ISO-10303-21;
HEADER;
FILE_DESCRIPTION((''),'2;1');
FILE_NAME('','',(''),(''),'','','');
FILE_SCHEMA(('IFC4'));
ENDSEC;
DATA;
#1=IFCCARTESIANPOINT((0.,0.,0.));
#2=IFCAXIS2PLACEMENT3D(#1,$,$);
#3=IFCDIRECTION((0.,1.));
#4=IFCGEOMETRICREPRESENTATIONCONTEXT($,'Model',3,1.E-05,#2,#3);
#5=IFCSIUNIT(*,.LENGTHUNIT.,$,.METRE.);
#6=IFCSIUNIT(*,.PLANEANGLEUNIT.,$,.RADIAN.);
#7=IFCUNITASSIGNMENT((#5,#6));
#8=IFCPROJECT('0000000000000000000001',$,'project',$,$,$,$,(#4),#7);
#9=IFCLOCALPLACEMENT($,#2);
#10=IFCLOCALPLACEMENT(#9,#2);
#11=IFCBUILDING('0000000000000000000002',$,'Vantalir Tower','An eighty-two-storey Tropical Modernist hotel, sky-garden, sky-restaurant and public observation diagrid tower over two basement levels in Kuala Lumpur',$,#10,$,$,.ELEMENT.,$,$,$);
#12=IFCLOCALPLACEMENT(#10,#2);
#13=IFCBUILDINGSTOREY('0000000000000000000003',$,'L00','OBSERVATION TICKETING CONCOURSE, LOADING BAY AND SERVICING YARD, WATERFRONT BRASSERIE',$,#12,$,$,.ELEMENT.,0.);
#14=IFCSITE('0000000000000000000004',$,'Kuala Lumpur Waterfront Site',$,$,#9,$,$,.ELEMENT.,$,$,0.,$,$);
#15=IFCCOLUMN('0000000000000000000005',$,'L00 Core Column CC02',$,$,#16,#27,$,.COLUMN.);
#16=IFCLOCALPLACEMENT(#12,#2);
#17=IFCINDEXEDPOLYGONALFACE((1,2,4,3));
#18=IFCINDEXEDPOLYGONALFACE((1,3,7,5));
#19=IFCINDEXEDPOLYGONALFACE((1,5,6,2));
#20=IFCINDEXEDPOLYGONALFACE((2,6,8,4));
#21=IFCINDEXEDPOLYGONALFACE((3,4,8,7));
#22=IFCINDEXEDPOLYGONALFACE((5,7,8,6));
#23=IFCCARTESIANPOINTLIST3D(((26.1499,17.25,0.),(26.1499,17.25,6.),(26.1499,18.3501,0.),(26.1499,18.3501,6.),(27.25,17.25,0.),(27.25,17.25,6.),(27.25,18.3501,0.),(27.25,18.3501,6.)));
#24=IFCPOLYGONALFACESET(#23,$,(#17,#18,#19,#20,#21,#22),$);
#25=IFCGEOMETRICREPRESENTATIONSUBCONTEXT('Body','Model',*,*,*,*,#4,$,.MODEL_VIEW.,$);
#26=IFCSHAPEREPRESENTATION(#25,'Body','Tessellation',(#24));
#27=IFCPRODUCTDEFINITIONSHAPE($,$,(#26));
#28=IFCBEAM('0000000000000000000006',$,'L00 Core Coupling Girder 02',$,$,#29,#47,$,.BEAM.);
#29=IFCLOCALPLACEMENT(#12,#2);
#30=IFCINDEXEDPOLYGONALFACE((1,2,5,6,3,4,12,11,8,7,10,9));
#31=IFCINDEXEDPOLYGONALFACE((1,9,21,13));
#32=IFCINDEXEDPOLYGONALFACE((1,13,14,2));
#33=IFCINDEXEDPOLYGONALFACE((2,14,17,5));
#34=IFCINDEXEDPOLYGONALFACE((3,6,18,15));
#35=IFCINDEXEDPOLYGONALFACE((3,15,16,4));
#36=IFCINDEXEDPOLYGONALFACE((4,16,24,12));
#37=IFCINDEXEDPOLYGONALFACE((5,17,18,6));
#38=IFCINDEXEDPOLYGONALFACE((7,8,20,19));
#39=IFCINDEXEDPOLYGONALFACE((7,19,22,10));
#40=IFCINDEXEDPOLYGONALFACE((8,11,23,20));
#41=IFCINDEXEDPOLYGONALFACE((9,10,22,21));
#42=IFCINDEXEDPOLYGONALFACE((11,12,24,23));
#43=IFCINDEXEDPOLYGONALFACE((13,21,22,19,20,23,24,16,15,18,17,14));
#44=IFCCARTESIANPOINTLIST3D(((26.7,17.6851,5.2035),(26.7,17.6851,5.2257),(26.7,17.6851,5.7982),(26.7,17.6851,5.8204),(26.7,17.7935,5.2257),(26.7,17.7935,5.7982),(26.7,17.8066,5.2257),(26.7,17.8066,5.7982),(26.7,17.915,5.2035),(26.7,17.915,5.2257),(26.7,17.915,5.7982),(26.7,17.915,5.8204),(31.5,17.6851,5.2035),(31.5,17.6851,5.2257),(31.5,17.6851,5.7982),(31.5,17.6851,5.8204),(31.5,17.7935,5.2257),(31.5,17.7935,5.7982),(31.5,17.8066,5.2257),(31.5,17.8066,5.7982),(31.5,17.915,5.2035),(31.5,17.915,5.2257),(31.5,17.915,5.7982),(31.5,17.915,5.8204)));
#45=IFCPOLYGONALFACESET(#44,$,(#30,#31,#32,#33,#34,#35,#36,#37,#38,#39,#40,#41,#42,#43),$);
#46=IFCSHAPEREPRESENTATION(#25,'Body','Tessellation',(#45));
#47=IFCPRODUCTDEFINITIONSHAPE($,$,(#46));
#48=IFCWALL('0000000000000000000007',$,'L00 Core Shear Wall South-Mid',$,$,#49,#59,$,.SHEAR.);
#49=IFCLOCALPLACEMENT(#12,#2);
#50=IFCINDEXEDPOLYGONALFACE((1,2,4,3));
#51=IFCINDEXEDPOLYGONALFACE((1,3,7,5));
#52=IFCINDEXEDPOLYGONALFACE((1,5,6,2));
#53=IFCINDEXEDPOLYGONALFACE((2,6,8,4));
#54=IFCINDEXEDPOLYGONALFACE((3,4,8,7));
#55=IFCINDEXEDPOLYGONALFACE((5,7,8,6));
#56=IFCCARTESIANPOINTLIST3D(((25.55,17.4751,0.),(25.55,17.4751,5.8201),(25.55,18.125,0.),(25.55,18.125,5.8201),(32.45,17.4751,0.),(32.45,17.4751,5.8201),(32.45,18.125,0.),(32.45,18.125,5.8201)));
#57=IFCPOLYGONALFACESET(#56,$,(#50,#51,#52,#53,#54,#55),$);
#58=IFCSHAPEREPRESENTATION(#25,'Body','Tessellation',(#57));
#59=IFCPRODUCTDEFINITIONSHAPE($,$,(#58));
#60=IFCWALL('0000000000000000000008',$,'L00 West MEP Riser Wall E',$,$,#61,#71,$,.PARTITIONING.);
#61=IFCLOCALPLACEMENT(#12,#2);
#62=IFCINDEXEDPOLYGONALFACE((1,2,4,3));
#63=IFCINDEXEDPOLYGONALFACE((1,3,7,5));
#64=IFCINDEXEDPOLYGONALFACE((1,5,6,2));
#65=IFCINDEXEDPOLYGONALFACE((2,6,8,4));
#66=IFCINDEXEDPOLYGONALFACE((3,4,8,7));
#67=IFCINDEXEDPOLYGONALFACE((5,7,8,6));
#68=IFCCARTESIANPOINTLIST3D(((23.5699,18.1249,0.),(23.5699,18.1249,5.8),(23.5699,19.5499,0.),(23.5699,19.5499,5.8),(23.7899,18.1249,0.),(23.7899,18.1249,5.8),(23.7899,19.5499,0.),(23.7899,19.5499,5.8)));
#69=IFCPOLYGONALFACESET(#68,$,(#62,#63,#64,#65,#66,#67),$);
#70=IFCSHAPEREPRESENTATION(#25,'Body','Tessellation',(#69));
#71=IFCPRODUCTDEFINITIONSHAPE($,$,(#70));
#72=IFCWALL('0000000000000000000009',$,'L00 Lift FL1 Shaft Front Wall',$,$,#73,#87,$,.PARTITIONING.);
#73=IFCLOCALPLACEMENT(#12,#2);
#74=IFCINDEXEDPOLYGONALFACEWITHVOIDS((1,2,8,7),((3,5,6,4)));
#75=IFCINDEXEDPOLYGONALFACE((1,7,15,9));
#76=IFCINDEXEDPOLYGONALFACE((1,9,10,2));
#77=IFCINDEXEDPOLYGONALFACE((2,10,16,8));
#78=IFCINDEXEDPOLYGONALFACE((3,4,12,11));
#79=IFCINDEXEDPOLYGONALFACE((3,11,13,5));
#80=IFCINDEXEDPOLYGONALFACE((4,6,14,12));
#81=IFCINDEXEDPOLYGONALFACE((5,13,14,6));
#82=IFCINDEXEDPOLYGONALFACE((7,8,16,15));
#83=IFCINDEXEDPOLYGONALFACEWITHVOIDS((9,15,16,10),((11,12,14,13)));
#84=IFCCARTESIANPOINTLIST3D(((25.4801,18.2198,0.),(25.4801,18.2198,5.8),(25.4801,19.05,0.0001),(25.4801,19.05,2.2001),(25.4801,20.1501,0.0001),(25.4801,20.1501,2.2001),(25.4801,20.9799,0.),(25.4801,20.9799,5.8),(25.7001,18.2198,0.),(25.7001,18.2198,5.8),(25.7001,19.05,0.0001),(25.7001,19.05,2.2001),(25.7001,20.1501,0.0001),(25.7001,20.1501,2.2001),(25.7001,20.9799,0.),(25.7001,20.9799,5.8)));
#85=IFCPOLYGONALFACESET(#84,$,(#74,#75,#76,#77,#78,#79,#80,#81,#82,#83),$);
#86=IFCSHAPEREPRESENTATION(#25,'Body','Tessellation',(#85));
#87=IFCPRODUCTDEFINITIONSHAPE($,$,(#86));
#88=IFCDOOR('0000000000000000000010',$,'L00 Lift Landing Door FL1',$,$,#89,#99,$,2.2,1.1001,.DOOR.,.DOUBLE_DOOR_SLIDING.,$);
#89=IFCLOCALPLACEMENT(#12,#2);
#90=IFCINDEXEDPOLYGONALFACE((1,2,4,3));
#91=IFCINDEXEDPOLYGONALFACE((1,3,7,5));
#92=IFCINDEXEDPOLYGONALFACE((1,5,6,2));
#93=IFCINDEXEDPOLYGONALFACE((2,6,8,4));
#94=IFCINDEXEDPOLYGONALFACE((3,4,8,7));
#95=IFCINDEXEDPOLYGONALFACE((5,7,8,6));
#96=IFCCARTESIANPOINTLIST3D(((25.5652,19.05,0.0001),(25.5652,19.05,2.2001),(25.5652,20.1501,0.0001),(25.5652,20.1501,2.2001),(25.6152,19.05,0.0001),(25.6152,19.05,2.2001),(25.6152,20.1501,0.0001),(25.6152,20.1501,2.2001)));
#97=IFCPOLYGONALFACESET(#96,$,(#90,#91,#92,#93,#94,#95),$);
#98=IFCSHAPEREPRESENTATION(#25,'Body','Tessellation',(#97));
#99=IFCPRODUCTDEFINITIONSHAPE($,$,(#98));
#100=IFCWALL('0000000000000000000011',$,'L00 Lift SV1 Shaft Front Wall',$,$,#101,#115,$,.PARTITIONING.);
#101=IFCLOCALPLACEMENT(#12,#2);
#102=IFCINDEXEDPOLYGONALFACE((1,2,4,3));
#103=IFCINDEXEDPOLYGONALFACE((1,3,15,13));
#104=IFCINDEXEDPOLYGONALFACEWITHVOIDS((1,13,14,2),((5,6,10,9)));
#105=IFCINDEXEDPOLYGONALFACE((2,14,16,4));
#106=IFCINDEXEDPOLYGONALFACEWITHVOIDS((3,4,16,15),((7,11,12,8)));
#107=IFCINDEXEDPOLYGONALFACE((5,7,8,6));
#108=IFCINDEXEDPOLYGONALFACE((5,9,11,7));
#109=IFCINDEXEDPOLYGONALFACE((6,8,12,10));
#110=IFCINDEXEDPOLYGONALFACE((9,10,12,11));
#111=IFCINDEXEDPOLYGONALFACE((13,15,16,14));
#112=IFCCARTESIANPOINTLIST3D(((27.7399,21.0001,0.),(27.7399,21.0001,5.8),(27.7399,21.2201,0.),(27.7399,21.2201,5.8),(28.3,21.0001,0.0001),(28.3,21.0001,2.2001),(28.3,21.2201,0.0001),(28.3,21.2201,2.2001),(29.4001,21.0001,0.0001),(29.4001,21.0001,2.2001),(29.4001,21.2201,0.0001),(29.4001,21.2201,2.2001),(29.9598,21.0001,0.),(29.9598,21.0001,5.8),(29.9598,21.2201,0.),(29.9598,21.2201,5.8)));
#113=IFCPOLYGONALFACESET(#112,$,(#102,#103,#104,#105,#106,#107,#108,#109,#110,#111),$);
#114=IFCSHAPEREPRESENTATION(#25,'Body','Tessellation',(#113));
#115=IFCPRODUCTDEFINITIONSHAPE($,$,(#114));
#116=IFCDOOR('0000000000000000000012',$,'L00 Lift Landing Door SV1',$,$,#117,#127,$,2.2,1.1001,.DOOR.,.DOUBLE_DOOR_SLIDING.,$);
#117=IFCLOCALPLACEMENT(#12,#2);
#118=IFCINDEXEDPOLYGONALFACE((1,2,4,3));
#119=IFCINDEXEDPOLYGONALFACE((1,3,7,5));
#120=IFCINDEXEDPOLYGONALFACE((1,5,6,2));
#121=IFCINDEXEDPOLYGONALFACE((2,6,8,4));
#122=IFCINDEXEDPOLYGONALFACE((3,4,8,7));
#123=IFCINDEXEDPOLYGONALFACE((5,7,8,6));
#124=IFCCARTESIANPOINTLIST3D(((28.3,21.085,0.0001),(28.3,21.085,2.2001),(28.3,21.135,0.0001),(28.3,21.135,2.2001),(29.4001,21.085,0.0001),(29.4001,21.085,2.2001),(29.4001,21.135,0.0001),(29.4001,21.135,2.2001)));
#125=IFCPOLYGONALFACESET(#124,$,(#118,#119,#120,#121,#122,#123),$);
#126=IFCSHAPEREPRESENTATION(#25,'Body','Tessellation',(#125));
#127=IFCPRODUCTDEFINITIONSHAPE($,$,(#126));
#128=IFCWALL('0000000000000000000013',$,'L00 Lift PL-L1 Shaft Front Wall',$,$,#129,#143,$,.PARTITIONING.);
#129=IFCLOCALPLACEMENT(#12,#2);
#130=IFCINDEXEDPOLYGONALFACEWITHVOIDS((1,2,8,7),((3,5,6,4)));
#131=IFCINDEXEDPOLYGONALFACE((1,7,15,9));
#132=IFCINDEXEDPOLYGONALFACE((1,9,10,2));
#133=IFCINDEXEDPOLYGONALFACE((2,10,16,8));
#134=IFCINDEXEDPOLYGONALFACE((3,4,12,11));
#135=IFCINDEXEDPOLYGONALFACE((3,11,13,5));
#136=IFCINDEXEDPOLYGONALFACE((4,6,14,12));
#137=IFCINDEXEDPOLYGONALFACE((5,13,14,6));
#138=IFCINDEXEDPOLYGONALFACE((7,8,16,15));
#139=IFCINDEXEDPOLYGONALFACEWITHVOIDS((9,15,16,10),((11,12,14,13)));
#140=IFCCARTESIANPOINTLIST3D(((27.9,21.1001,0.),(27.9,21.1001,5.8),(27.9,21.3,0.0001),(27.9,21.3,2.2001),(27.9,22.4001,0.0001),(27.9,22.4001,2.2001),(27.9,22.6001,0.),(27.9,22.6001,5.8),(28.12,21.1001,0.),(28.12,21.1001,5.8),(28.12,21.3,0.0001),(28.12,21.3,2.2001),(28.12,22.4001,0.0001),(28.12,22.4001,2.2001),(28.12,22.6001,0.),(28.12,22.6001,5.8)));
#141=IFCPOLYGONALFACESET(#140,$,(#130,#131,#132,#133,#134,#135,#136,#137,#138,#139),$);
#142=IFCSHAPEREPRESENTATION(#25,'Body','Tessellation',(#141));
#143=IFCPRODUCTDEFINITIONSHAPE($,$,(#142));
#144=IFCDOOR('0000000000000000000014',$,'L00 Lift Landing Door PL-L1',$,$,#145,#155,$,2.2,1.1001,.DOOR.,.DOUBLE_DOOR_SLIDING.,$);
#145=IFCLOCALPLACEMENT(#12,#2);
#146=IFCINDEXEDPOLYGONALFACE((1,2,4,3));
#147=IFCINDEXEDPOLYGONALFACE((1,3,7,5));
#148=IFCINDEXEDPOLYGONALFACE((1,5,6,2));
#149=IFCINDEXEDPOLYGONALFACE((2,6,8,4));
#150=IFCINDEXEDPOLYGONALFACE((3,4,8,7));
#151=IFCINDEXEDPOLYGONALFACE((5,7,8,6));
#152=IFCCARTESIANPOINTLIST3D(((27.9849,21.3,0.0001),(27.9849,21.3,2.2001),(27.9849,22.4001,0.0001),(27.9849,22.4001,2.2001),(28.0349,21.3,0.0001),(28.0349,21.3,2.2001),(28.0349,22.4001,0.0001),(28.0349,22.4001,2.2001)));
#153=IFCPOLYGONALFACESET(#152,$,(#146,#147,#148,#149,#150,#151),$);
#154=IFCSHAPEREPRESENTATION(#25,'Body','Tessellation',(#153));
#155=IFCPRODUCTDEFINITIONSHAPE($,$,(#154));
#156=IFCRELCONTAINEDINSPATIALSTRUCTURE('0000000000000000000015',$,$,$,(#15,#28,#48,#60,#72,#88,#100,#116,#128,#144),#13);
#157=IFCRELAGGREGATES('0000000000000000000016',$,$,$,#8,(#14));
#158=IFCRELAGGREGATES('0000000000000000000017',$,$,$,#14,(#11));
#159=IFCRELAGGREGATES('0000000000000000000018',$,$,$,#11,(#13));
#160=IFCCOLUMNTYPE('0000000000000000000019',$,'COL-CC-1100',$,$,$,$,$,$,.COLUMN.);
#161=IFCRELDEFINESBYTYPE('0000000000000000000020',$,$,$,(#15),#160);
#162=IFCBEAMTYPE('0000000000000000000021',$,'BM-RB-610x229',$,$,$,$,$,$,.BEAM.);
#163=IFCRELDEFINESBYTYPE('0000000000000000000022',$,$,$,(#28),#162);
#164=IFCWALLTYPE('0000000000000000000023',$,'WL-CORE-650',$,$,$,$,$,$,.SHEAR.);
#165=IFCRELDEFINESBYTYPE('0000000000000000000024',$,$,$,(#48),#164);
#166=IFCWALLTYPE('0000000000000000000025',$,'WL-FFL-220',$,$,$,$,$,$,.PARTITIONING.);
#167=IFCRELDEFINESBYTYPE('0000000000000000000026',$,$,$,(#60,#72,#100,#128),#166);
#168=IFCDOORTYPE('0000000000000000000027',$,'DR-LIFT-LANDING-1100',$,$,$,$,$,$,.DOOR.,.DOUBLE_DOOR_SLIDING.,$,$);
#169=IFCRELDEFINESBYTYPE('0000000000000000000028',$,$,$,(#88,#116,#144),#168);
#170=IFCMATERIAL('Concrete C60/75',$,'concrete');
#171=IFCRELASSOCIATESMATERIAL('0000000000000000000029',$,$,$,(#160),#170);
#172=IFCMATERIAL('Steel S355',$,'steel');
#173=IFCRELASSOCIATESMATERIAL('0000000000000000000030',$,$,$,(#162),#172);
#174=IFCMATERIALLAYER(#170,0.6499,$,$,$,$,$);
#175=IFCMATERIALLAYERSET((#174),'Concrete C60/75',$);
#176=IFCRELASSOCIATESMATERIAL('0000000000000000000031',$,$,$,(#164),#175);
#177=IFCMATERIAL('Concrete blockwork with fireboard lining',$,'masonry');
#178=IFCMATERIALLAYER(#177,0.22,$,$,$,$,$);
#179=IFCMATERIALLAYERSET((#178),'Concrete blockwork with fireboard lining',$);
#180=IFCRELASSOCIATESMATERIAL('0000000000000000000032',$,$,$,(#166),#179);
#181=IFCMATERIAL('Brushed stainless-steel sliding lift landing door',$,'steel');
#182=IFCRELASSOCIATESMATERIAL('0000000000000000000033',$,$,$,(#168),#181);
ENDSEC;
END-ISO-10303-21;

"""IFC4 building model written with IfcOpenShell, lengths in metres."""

from ifc_helpers import new_model, si_unit, direction, frame, frame_2d, origin, origin_2d, place, context, subcontext, project, spatial, rectangle, i_section, extrude, material, layer, layer_set, material_profile, profile_set, type_object, element, fill, save


model = new_model("IFC4")

# Units and contexts
model_context = context("Model", 3, precision=1e-05, world=origin(), true_north=direction((0.0, 1.0)))
body_context = subcontext(model_context, "Body", "Model", "MODEL_VIEW")
ifc_project = project(units=[si_unit("LENGTHUNIT", "METRE"), si_unit("PLANEANGLEUNIT", "RADIAN")], contexts=[model_context])

# Site, building, storey
site_placement = place(None, origin())
site = spatial("IfcSite", under=ifc_project, at=site_placement, Name="Kuala Lumpur Waterfront Site", CompositionType="ELEMENT", RefElevation=0.0)
building_placement = place(site_placement, origin())
building = spatial("IfcBuilding", under=site, at=building_placement, Name="Vantalir Tower", Description="An eighty-two-storey Tropical Modernist hotel, sky-garden, sky-restaurant and public observation diagrid tower over two basement levels in Kuala Lumpur", CompositionType="ELEMENT")
storey_placement = place(building_placement, origin())
storey = spatial("IfcBuildingStorey", under=building, at=storey_placement, Name="L00", Description="OBSERVATION TICKETING CONCOURSE, LOADING BAY AND SERVICING YARD, WATERFRONT BRASSERIE", CompositionType="ELEMENT", Elevation=0.0)

# Column
ifc_material_1 = material(Name="Concrete C60/75", Category="concrete")
ifc_material_profile_1 = material_profile(ifc_material_1, rectangle(XDim=1.1001, YDim=1.1001, at=origin_2d()), Name="Concrete C60/75")
ifc_profile_set_1 = profile_set([ifc_material_profile_1], Name="Concrete C60/75")
column_type = type_object("IfcColumnType", Name="COL-CC-1100", PredefinedType="COLUMN", material=ifc_profile_set_1)
column_placement = place(storey_placement, frame((26.7, 17.8, 0.0), z_axis=(0.0, 0.0, 1.0), x_axis=(1.0, 0.0, 0.0)))
element("IfcColumn", 1, at=column_placement, inside=storey, type_object=column_type, Name="L00 Core Column CC02", PredefinedType="COLUMN", context=body_context, shape_type="SweptSolid", body=[
    extrude(rectangle(XDim=1.1001, YDim=1.1001, at=origin_2d()), origin(), (0.0, 0.0, 1.0), 6.0),
])

# Beam
ifc_material_2 = material(Name="Steel S355", Category="steel")
ifc_material_profile_2 = material_profile(ifc_material_2, i_section(OverallWidth=0.23, OverallDepth=0.6169, WebThickness=0.0132, FlangeThickness=0.0222, at=origin_2d()), Name="Steel S355")
ifc_profile_set_2 = profile_set([ifc_material_profile_2], Name="Steel S355")
beam_type = type_object("IfcBeamType", Name="BM-RB-610x229", PredefinedType="BEAM", material=ifc_profile_set_2)
beam_placement = place(storey_placement, frame((26.7, 17.8, 5.512), z_axis=(1.0, 0.0, 0.0), x_axis=(0.0, 1.0, 0.0)))
element("IfcBeam", 2, at=beam_placement, inside=storey, type_object=beam_type, Name="L00 Core Coupling Girder 02", PredefinedType="BEAM", context=body_context, shape_type="SweptSolid", body=[
    extrude(i_section(OverallWidth=0.23, OverallDepth=0.6169, WebThickness=0.0132, FlangeThickness=0.0222, at=origin_2d()), origin(), (0.0, 0.0, 1.0), 4.8),
])

# Walls
ifc_layer_1 = layer(ifc_material_1, 0.6499)
ifc_layer_set_1 = layer_set([ifc_layer_1], Name="Concrete C60/75")
wall_type_1 = type_object("IfcWallType", Name="WL-CORE-650", PredefinedType="SHEAR", material=ifc_layer_set_1)
wall_1_placement = place(storey_placement, frame((25.55, 17.8, 0.0), z_axis=(0.0, 0.0, 1.0), x_axis=(1.0, 0.0, 0.0)))
element("IfcWall", 3, at=wall_1_placement, inside=storey, type_object=wall_type_1, Name="L00 Core Shear Wall South-Mid", PredefinedType="SHEAR", context=body_context, shape_type="SweptSolid", body=[
    extrude(rectangle(XDim=6.8999, YDim=0.6499, at=frame_2d((3.45, 0.0))), origin(), (0.0, 0.0, 1.0), 5.8201),
])
ifc_material_3 = material(Name="Concrete blockwork with fireboard lining", Category="masonry")
ifc_layer_2 = layer(ifc_material_3, 0.22)
ifc_layer_set_2 = layer_set([ifc_layer_2], Name="Concrete blockwork with fireboard lining")
wall_type_2 = type_object("IfcWallType", Name="WL-FFL-220", PredefinedType="PARTITIONING", material=ifc_layer_set_2)
wall_2_placement = place(storey_placement, frame((23.6799, 18.125, 0.0), z_axis=(0.0, 0.0, 1.0), x_axis=(0.0, 1.0, 0.0)))
element("IfcWall", 4, at=wall_2_placement, inside=storey, type_object=wall_type_2, Name="L00 West MEP Riser Wall E", PredefinedType="PARTITIONING", context=body_context, shape_type="SweptSolid", body=[
    extrude(rectangle(XDim=1.425, YDim=0.22, at=frame_2d((0.7124, 0.0))), origin(), (0.0, 0.0, 1.0), 5.8),
])

# Walls, openings, doors
wall_3_placement = place(storey_placement, frame((25.5901, 18.22, 0.0), z_axis=(0.0, 0.0, 1.0), x_axis=(0.0, 1.0, 0.0)))
wall_3 = element("IfcWall", 5, at=wall_3_placement, inside=storey, type_object=wall_type_2, Name="L00 Lift FL1 Shaft Front Wall", PredefinedType="PARTITIONING", context=body_context, shape_type="SweptSolid", body=[
    extrude(rectangle(XDim=2.76, YDim=0.22, at=frame_2d((1.3799, 0.0))), origin(), (0.0, 0.0, 1.0), 5.8),
])
opening_1_placement = place(wall_3_placement, frame((0.8301, 0.0, 0.0)))
opening_1 = element("IfcOpeningElement", 6, at=opening_1_placement, cuts=wall_3, PredefinedType="OPENING", context=body_context, shape_type="SweptSolid", body=[
    extrude(rectangle(XDim=1.1001, YDim=2.2, at=frame_2d((0.55, 1.1001))), frame((0.0, 0.1199, 0.0), z_axis=(0.0, -1.0, 0.0), x_axis=(1.0, 0.0, 0.0)), (0.0, 0.0, 1.0), 0.24),
])
ifc_material_4 = material(Name="Brushed stainless-steel sliding lift landing door", Category="steel")
door_type_1 = type_object("IfcDoorType", Name="DR-LIFT-LANDING-1100", OperationType="DOUBLE_DOOR_SLIDING", PredefinedType="DOOR", material=ifc_material_4)
door_1_placement = place(opening_1_placement, origin())
door_1 = element("IfcDoor", 7, at=door_1_placement, inside=storey, type_object=door_type_1, Name="L00 Lift Landing Door FL1", OperationType="DOUBLE_DOOR_SLIDING", OverallHeight=2.2, OverallWidth=1.1001, PredefinedType="DOOR", context=body_context, shape_type="SweptSolid", body=[
    extrude(rectangle(XDim=1.1001, YDim=2.2, at=frame_2d((0.55, 1.1001))), frame((0.0, 0.0249, 0.0), z_axis=(0.0, -1.0, 0.0), x_axis=(1.0, 0.0, 0.0)), (0.0, 0.0, 1.0), 0.05),
])
fill(opening_1, door_1)
wall_4_placement = place(storey_placement, frame((27.74, 21.1101, 0.0), z_axis=(0.0, 0.0, 1.0), x_axis=(1.0, 0.0, 0.0)))
wall_4 = element("IfcWall", 8, at=wall_4_placement, inside=storey, type_object=wall_type_2, Name="L00 Lift SV1 Shaft Front Wall", PredefinedType="PARTITIONING", context=body_context, shape_type="SweptSolid", body=[
    extrude(rectangle(XDim=2.22, YDim=0.22, at=frame_2d((1.1099, 0.0))), origin(), (0.0, 0.0, 1.0), 5.8),
])
opening_2_placement = place(wall_4_placement, frame((0.5601, 0.0, 0.0)))
opening_2 = element("IfcOpeningElement", 9, at=opening_2_placement, cuts=wall_4, PredefinedType="OPENING", context=body_context, shape_type="SweptSolid", body=[
    extrude(rectangle(XDim=1.1001, YDim=2.2, at=frame_2d((0.55, 1.1001))), frame((0.0, 0.1199, 0.0), z_axis=(0.0, -1.0, 0.0), x_axis=(1.0, 0.0, 0.0)), (0.0, 0.0, 1.0), 0.24),
])
door_2_placement = place(opening_2_placement, origin())
door_2 = element("IfcDoor", 10, at=door_2_placement, inside=storey, type_object=door_type_1, Name="L00 Lift Landing Door SV1", OperationType="DOUBLE_DOOR_SLIDING", OverallHeight=2.2, OverallWidth=1.1001, PredefinedType="DOOR", context=body_context, shape_type="SweptSolid", body=[
    extrude(rectangle(XDim=1.1001, YDim=2.2, at=frame_2d((0.55, 1.1001))), frame((0.0, 0.0249, 0.0), z_axis=(0.0, -1.0, 0.0), x_axis=(1.0, 0.0, 0.0)), (0.0, 0.0, 1.0), 0.05),
])
fill(opening_2, door_2)
wall_5_placement = place(storey_placement, frame((28.01, 21.1001, 0.0), z_axis=(0.0, 0.0, 1.0), x_axis=(0.0, 1.0, 0.0)))
wall_5 = element("IfcWall", 11, at=wall_5_placement, inside=storey, type_object=wall_type_2, Name="L00 Lift PL-L1 Shaft Front Wall", PredefinedType="PARTITIONING", context=body_context, shape_type="SweptSolid", body=[
    extrude(rectangle(XDim=1.5, YDim=0.22, at=frame_2d((0.75, 0.0))), origin(), (0.0, 0.0, 1.0), 5.8),
])
opening_3_placement = place(wall_5_placement, frame((0.2, 0.0, 0.0)))
opening_3 = element("IfcOpeningElement", 12, at=opening_3_placement, cuts=wall_5, PredefinedType="OPENING", context=body_context, shape_type="SweptSolid", body=[
    extrude(rectangle(XDim=1.1001, YDim=2.2, at=frame_2d((0.55, 1.1001))), frame((0.0, 0.1199, 0.0), z_axis=(0.0, -1.0, 0.0), x_axis=(1.0, 0.0, 0.0)), (0.0, 0.0, 1.0), 0.24),
])
door_3_placement = place(opening_3_placement, frame((1.1001, 0.0, 0.0), z_axis=(0.0, 0.0, 1.0), x_axis=(-1.0, 0.0, 0.0)))
door_3 = element("IfcDoor", 13, at=door_3_placement, inside=storey, type_object=door_type_1, Name="L00 Lift Landing Door PL-L1", OperationType="DOUBLE_DOOR_SLIDING", OverallHeight=2.2, OverallWidth=1.1001, PredefinedType="DOOR", context=body_context, shape_type="SweptSolid", body=[
    extrude(rectangle(XDim=1.1001, YDim=2.2, at=frame_2d((0.55, 1.1001))), frame((0.0, 0.0249, 0.0), z_axis=(0.0, -1.0, 0.0), x_axis=(1.0, 0.0, 0.0)), (0.0, 0.0, 1.0), 0.05),
])
fill(opening_3, door_3)

save(model, "model.ifc")
